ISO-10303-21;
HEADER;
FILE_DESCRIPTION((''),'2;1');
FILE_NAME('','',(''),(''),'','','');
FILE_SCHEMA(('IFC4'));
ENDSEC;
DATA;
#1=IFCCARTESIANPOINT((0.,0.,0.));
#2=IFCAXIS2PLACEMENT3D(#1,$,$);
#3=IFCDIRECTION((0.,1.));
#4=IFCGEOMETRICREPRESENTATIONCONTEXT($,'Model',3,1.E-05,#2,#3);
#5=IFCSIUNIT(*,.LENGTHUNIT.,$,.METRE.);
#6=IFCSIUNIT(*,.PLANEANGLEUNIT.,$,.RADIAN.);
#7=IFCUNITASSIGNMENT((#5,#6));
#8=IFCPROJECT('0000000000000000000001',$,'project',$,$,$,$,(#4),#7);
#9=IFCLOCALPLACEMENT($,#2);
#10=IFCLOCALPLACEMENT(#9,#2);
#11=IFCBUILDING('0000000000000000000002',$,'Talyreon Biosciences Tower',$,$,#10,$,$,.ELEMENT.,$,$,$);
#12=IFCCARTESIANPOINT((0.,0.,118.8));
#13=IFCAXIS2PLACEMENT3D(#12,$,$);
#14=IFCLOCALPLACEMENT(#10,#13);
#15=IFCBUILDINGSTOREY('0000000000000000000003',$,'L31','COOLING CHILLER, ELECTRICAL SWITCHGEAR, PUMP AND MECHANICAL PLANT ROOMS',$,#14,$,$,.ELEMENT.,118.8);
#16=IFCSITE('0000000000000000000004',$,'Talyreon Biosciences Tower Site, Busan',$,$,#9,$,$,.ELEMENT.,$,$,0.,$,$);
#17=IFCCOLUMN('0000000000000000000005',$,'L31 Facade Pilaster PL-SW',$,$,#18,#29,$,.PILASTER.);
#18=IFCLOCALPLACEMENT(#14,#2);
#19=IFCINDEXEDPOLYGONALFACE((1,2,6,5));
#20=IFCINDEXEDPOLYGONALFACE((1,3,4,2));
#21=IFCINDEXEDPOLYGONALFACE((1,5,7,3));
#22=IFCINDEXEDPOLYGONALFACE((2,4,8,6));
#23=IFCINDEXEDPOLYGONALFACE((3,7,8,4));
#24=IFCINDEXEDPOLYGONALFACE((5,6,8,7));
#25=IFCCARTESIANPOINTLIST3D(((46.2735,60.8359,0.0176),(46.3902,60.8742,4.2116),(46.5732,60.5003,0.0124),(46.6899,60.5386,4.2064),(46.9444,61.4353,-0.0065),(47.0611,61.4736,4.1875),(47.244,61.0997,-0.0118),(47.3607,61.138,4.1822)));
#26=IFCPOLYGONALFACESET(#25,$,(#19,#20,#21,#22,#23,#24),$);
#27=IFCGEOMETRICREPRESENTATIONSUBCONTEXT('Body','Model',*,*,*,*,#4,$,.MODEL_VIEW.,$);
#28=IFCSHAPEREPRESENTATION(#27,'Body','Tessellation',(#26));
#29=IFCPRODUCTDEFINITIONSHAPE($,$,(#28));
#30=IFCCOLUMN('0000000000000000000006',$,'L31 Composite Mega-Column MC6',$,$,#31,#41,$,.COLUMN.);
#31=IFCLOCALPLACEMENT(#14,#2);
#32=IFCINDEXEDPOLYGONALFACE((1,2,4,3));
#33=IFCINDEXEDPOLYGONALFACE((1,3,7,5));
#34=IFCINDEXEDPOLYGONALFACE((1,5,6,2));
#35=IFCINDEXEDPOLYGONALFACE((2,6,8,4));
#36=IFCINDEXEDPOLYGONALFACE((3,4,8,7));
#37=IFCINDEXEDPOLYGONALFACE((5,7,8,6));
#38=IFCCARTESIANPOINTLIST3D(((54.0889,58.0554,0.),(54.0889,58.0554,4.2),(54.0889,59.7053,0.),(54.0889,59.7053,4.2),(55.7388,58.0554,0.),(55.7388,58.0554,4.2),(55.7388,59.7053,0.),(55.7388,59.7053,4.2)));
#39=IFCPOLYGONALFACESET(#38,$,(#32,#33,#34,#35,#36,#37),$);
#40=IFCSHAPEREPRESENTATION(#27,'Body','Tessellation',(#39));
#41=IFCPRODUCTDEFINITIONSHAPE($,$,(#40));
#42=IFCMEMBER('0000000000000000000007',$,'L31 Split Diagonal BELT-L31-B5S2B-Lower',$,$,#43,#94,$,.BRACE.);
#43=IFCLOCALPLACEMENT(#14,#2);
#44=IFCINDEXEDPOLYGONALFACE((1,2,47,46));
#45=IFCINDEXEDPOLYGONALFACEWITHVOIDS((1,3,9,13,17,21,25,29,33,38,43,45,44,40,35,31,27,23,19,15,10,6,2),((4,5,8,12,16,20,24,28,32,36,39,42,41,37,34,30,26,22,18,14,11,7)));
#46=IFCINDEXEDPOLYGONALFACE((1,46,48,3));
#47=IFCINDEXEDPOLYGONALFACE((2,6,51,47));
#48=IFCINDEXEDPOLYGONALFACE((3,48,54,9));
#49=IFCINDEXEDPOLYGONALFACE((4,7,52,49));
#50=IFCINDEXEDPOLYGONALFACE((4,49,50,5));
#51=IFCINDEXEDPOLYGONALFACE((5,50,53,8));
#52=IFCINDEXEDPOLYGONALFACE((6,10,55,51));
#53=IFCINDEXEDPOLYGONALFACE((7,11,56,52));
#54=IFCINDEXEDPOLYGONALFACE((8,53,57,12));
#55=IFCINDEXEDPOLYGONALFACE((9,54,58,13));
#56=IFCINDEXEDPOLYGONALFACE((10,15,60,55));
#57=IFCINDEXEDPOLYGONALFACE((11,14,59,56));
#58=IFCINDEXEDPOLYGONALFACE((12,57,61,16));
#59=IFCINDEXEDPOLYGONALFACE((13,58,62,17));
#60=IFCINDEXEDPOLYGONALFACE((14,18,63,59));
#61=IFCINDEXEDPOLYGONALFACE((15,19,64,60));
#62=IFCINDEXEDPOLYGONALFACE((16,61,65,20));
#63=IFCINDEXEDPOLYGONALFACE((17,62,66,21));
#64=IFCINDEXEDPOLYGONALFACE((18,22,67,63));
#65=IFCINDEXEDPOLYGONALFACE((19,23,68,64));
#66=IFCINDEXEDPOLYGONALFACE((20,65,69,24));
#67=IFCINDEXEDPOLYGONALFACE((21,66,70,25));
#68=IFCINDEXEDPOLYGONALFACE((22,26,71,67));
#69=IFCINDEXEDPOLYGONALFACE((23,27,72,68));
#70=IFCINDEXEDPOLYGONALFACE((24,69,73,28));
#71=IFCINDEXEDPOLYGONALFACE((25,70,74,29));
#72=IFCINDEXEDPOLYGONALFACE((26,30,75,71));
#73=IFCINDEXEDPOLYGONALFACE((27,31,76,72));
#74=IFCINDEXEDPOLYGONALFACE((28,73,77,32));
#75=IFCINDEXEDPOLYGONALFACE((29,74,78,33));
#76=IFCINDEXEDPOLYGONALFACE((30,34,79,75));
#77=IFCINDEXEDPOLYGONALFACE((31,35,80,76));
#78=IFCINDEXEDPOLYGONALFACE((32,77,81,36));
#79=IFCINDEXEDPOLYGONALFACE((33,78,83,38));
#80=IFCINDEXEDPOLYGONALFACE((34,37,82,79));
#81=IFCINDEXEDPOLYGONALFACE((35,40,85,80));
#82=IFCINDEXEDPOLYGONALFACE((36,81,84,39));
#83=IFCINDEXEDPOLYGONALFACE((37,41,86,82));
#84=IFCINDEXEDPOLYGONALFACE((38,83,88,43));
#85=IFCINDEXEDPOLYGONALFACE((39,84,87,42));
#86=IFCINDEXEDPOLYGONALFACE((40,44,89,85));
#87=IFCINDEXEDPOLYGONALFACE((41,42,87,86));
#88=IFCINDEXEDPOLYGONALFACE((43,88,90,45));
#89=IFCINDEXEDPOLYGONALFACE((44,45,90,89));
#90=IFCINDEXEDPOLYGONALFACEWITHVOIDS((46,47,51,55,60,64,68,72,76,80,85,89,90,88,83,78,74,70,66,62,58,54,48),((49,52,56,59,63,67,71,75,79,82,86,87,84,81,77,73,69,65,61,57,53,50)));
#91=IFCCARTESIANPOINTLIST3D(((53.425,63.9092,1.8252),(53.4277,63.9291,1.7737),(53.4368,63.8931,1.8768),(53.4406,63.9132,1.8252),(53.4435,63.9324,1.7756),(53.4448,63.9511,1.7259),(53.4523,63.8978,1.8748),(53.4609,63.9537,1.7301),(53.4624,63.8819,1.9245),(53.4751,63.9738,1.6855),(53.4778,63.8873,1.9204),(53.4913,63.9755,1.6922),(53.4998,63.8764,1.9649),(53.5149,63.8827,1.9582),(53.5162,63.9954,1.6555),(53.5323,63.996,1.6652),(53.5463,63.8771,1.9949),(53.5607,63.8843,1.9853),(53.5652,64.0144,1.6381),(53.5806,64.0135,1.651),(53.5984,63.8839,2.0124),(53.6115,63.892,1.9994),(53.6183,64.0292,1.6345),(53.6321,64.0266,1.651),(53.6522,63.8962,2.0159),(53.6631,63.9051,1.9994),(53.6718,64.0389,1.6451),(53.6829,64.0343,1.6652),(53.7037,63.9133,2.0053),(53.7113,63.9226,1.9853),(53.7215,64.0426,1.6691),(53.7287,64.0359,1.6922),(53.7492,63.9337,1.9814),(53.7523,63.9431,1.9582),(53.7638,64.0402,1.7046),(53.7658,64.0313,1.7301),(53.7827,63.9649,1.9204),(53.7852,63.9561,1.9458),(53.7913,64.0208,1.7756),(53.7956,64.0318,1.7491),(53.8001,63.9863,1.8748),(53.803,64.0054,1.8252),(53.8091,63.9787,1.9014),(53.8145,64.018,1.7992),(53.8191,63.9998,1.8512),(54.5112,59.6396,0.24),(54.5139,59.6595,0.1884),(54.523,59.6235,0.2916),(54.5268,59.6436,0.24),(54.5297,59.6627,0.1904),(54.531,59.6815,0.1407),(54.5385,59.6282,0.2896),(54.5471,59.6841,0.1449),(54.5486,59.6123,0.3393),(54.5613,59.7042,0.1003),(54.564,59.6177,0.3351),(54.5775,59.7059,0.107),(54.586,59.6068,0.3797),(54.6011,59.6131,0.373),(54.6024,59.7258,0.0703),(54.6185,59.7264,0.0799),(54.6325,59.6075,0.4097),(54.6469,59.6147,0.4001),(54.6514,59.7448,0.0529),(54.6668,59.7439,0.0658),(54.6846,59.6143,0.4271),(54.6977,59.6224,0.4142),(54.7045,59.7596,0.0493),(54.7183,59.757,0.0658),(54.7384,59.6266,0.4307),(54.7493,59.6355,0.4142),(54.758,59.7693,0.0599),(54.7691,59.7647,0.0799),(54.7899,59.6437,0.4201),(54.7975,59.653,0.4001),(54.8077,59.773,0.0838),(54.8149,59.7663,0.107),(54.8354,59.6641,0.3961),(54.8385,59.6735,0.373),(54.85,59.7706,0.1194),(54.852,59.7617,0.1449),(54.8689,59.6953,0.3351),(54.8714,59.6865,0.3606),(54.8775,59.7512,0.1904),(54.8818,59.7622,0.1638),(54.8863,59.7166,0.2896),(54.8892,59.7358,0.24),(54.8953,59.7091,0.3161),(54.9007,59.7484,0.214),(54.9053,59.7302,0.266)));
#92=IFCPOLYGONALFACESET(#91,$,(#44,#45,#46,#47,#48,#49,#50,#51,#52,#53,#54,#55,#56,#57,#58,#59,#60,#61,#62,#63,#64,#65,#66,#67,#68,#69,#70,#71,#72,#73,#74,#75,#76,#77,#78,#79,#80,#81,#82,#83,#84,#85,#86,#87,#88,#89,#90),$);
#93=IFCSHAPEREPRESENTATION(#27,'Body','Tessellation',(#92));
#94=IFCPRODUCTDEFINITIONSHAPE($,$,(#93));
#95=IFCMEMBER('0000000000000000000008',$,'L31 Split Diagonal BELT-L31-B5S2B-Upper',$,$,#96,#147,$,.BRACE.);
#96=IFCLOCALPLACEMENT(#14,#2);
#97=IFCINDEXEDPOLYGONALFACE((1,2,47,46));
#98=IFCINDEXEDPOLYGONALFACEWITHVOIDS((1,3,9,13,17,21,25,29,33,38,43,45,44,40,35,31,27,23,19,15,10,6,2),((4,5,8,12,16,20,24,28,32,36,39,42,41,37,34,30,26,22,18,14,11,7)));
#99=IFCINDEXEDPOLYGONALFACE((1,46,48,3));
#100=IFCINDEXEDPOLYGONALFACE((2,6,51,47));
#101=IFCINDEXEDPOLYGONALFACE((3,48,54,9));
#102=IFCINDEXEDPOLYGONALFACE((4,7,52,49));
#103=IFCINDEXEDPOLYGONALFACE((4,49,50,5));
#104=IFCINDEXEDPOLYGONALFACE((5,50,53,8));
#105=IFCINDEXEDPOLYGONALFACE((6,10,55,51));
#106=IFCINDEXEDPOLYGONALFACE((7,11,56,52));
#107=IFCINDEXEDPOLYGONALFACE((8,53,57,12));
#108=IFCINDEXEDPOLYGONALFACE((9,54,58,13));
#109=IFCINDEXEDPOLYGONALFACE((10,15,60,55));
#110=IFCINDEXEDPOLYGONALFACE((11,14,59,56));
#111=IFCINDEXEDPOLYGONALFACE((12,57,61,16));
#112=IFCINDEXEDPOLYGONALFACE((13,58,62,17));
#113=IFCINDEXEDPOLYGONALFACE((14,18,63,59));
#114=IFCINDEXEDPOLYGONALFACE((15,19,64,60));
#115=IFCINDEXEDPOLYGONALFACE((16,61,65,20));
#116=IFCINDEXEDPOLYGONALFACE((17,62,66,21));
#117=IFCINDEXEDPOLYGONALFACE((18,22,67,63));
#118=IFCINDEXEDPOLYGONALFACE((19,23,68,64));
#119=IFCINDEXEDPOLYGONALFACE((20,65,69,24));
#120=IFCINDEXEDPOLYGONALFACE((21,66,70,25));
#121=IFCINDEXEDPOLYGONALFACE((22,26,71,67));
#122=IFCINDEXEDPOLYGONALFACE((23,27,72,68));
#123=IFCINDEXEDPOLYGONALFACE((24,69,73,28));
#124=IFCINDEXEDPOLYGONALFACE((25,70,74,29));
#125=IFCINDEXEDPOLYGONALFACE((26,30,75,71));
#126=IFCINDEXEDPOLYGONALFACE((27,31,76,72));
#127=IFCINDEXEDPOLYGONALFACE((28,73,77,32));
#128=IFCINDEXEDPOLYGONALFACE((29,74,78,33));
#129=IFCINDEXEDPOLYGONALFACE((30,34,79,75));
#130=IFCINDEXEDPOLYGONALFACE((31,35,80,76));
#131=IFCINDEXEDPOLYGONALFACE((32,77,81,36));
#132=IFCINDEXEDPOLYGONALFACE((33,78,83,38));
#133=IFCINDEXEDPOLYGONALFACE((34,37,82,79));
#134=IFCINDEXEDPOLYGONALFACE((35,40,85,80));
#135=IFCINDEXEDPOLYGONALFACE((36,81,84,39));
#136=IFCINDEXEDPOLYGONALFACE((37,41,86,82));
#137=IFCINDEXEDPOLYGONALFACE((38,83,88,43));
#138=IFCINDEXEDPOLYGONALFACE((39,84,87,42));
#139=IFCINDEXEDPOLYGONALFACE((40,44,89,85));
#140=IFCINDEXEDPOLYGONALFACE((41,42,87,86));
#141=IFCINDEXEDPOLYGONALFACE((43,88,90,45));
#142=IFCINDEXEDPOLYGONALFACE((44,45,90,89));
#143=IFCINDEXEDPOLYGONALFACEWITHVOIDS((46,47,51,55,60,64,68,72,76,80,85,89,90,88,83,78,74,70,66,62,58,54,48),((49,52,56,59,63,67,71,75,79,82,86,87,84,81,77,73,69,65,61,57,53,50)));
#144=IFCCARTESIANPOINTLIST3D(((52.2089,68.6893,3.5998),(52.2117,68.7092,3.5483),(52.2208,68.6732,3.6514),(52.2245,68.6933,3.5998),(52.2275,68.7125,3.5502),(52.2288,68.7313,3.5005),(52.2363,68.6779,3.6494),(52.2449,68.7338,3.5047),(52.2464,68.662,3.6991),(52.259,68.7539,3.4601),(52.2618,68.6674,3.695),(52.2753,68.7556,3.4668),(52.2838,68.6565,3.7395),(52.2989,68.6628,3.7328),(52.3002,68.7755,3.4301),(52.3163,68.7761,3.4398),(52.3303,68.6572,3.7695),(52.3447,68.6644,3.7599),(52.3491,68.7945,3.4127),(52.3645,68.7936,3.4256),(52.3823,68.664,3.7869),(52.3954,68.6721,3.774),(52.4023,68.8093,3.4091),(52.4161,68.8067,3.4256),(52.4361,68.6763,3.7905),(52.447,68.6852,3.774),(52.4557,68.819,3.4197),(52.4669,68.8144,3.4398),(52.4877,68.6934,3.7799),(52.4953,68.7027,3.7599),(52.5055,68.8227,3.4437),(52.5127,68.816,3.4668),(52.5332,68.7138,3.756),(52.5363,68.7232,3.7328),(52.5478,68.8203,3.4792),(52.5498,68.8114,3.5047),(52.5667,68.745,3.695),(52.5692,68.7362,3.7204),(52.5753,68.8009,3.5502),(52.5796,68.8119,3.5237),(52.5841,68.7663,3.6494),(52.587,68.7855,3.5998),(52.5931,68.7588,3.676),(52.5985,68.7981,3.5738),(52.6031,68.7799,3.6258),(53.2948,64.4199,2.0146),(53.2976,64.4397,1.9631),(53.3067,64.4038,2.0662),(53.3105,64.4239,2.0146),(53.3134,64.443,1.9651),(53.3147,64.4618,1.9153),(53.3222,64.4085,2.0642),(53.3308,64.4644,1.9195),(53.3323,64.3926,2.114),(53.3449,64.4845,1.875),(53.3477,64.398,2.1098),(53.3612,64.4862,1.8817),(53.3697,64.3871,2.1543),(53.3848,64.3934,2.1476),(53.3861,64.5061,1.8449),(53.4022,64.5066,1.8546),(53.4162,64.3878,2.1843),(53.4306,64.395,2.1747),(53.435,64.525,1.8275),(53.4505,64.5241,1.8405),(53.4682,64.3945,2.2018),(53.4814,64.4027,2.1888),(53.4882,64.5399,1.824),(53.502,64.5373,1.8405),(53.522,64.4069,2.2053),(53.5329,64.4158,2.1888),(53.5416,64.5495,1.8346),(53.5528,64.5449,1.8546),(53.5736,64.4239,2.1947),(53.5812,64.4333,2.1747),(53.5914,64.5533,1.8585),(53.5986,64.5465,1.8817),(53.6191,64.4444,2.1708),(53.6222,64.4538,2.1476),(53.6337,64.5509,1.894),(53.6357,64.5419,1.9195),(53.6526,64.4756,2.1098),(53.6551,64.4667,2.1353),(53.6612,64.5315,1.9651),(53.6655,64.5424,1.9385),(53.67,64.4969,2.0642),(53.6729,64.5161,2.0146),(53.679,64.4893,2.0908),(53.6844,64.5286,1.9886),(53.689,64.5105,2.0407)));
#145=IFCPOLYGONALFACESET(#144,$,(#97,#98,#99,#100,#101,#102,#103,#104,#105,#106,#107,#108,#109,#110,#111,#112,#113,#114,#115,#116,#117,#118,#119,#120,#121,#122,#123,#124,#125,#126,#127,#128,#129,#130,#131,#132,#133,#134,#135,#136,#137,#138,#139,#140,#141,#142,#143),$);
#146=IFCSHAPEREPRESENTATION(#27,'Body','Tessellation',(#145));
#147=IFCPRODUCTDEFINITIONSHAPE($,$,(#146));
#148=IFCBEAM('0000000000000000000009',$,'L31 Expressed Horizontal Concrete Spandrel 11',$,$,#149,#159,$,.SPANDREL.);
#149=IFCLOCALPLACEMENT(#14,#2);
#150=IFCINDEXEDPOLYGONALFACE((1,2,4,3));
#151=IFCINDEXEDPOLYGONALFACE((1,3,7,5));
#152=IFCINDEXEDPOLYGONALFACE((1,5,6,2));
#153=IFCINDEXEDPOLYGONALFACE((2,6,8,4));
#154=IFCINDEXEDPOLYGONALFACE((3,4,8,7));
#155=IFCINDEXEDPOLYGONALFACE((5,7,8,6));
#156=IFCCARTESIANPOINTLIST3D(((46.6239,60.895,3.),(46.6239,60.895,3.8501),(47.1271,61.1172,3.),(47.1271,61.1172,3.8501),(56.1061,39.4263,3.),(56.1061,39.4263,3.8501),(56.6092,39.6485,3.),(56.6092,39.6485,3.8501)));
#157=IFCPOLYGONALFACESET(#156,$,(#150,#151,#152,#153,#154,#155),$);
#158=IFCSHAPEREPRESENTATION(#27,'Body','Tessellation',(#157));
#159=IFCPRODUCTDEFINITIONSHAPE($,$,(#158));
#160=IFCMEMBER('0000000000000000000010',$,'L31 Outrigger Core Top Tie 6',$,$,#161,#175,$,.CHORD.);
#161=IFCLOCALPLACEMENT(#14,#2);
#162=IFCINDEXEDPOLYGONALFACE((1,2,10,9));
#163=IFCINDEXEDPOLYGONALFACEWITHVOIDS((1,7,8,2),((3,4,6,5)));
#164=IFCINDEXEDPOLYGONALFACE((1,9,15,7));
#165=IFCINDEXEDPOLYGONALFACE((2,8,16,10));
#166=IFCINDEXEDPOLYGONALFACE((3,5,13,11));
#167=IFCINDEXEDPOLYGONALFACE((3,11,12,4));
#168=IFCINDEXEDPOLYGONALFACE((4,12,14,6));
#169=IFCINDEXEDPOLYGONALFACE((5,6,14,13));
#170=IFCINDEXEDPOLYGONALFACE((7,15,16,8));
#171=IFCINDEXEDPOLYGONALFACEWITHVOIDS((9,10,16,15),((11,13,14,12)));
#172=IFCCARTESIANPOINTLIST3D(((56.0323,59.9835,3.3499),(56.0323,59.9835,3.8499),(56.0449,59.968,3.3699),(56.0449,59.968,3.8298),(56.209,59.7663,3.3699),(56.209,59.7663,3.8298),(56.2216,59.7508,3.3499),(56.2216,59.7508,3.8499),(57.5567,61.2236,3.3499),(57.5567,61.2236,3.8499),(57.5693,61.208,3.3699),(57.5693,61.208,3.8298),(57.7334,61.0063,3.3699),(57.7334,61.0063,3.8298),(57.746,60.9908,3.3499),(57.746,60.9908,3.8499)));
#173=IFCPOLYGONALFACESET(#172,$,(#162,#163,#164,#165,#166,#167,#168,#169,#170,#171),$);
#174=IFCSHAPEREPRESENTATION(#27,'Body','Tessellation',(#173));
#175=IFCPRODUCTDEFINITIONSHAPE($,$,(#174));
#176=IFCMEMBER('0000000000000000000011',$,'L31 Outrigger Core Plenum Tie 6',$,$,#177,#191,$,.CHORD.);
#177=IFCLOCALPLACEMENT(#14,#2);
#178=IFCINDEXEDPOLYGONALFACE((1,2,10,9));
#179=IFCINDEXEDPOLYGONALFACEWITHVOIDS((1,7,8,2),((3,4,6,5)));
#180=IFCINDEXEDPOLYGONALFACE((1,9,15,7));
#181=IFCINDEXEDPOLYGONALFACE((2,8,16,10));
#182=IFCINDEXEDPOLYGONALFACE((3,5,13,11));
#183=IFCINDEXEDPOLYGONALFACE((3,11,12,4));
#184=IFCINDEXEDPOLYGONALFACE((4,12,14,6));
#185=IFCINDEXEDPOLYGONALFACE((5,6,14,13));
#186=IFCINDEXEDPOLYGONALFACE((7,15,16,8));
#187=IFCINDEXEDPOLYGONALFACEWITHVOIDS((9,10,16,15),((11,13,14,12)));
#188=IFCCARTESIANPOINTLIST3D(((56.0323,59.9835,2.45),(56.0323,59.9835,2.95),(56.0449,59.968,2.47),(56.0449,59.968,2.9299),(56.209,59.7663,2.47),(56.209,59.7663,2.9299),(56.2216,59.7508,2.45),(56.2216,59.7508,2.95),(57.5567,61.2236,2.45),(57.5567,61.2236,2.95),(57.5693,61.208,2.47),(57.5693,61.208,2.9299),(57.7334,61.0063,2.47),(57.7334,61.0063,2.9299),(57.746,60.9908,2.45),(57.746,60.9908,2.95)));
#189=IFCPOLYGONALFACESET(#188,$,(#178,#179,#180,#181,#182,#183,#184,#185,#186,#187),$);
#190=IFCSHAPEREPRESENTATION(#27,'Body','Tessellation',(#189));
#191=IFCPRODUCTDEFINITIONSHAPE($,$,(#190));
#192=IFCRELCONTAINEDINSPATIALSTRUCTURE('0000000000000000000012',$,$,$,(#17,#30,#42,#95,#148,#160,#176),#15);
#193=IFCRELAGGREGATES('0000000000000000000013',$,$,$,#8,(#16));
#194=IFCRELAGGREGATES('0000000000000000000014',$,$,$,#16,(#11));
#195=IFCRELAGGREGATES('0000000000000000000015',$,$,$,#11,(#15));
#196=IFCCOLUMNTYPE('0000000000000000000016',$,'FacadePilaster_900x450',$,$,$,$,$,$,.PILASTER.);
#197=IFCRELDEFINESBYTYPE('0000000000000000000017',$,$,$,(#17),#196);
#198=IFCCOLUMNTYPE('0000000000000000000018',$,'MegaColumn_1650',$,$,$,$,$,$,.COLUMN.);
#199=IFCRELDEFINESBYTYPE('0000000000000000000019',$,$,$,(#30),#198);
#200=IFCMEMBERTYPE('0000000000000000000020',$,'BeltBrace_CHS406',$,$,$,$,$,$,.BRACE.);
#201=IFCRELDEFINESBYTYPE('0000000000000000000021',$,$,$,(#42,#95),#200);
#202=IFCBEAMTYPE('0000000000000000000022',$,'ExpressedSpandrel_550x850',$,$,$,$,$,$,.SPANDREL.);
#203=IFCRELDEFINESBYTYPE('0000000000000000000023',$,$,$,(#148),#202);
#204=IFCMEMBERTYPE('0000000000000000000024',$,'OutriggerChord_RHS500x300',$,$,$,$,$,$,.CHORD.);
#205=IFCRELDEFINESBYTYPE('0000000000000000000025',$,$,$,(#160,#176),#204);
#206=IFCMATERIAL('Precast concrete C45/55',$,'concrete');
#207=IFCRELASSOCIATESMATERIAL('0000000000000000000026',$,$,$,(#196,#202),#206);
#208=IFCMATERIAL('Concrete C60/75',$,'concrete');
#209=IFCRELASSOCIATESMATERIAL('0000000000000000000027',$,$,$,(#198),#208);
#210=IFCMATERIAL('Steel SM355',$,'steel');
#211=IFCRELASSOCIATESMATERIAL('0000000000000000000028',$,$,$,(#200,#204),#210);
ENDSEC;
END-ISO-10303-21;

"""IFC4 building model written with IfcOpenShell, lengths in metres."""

from ifc_helpers import new_model, si_unit, direction, frame, origin, origin_2d, place, context, subcontext, project, spatial, rectangle, hollow_rectangle, hollow_circle, extrude, material, material_profile, profile_set, type_object, element, save


model = new_model("IFC4")

# Units and contexts
model_context = context("Model", 3, precision=1e-05, world=origin(), true_north=direction((0.0, 1.0)))
body_context = subcontext(model_context, "Body", "Model", "MODEL_VIEW")
ifc_project = project(units=[si_unit("LENGTHUNIT", "METRE"), si_unit("PLANEANGLEUNIT", "RADIAN")], contexts=[model_context])

# Site, building, storey
site_placement = place(None, origin())
site = spatial("IfcSite", under=ifc_project, at=site_placement, Name="Talyreon Biosciences Tower Site, Busan", CompositionType="ELEMENT", RefElevation=0.0)
building_placement = place(site_placement, origin())
building = spatial("IfcBuilding", under=site, at=building_placement, Name="Talyreon Biosciences Tower", CompositionType="ELEMENT")
storey_placement = place(building_placement, frame((0.0, 0.0, 118.8)))
storey = spatial("IfcBuildingStorey", under=building, at=storey_placement, Name="L31", Description="COOLING CHILLER, ELECTRICAL SWITCHGEAR, PUMP AND MECHANICAL PLANT ROOMS", CompositionType="ELEMENT", Elevation=118.8)

# Columns
ifc_material_1 = material(Name="Precast concrete C45/55", Category="concrete")
ifc_material_profile_1 = material_profile(ifc_material_1, rectangle(XDim=0.8999, YDim=0.45, at=origin_2d()), Name="RC 900x450")
ifc_profile_set_1 = profile_set([ifc_material_profile_1], Name="Precast concrete C45/55")
column_type_1 = type_object("IfcColumnType", Name="FacadePilaster_900x450", PredefinedType="PILASTER", material=ifc_profile_set_1)
column_1_placement = place(storey_placement, frame((46.7588, 60.9678, 0.0029), z_axis=(0.027813, 0.009135, 0.999571), x_axis=(0.74543, 0.666044, -0.026828)))
element("IfcColumn", 1, at=column_1_placement, inside=storey, type_object=column_type_1, Name="L31 Facade Pilaster PL-SW", PredefinedType="PILASTER", context=body_context, shape_type="SweptSolid", body=[
    extrude(rectangle(XDim=0.8999, YDim=0.45, at=origin_2d()), origin(), (0.0, 0.0, 1.0), 4.1958),
])
ifc_material_2 = material(Name="Concrete C60/75", Category="concrete")
ifc_material_profile_2 = material_profile(ifc_material_2, rectangle(XDim=1.6499, YDim=1.6499, at=origin_2d()), Name="RC 1650x1650")
ifc_profile_set_2 = profile_set([ifc_material_profile_2], Name="Concrete C60/75")
column_type_2 = type_object("IfcColumnType", Name="MegaColumn_1650", PredefinedType="COLUMN", material=ifc_profile_set_2)
column_2_placement = place(storey_placement, frame((54.9138, 58.8804, 0.0), z_axis=(0.0, 0.0, 1.0), x_axis=(1.0, 0.0, 0.0)))
element("IfcColumn", 2, at=column_2_placement, inside=storey, type_object=column_type_2, Name="L31 Composite Mega-Column MC6", PredefinedType="COLUMN", context=body_context, shape_type="SweptSolid", body=[
    extrude(rectangle(XDim=1.6499, YDim=1.6499, at=origin_2d()), origin(), (0.0, 0.0, 1.0), 4.2),
])

# Members
ifc_material_3 = material(Name="Steel SM355", Category="steel")
ifc_material_profile_3 = material_profile(ifc_material_3, hollow_circle(Radius=0.2031, WallThickness=0.0161, at=origin_2d()), Name="CHS 406.4x16")
ifc_profile_set_3 = profile_set([ifc_material_profile_3], Name="Steel SM355")
member_type_1 = type_object("IfcMemberType", Name="BeltBrace_CHS406", PredefinedType="BRACE", material=ifc_profile_set_3)
member_1_placement = place(storey_placement, frame((54.708, 59.6897, 0.24), z_axis=(-0.231989, 0.911894, 0.338571), x_axis=(-0.96913, -0.24655, 0.0)))
element("IfcMember", 3, at=member_1_placement, inside=storey, type_object=member_type_1, Name="L31 Split Diagonal BELT-L31-B5S2B-Lower", PredefinedType="BRACE", context=body_context, shape_type="SweptSolid", body=[
    extrude(hollow_circle(Radius=0.2031, WallThickness=0.0161, at=origin_2d()), origin(), (0.0, 0.0, 1.0), 4.6821),
])
member_2_placement = place(storey_placement, frame((53.4917, 64.47, 2.0146), z_axis=(-0.231939, 0.911905, 0.338575), x_axis=(-0.969143, -0.246498, 0.0)))
element("IfcMember", 4, at=member_2_placement, inside=storey, type_object=member_type_1, Name="L31 Split Diagonal BELT-L31-B5S2B-Upper", PredefinedType="BRACE", context=body_context, shape_type="SweptSolid", body=[
    extrude(hollow_circle(Radius=0.2031, WallThickness=0.0161, at=origin_2d()), origin(), (0.0, 0.0, 1.0), 4.6819),
])

# Beam
ifc_material_profile_4 = material_profile(ifc_material_1, rectangle(XDim=0.55, YDim=0.8501, at=origin_2d()), Name="RCB 550x850")
ifc_profile_set_4 = profile_set([ifc_material_profile_4], Name="Precast concrete C45/55")
beam_type_1 = type_object("IfcBeamType", Name="ExpressedSpandrel_550x850", PredefinedType="SPANDREL", material=ifc_profile_set_4)
beam_1_placement = place(storey_placement, frame((46.8755, 61.0061, 3.425), z_axis=(0.404021, -0.91475, 0.0), x_axis=(0.91475, 0.404021, 0.0)))
element("IfcBeam", 5, at=beam_1_placement, inside=storey, type_object=beam_type_1, Name="L31 Expressed Horizontal Concrete Spandrel 11", PredefinedType="SPANDREL", context=body_context, shape_type="SweptSolid", body=[
    extrude(rectangle(XDim=0.55, YDim=0.8501, at=origin_2d()), origin(), (0.0, 0.0, 1.0), 23.4695),
])

# Members
ifc_material_profile_5 = material_profile(ifc_material_3, hollow_rectangle(XDim=0.3, YDim=0.5, WallThickness=0.02, at=origin_2d()), Name="RHS 500x300x20")
ifc_profile_set_5 = profile_set([ifc_material_profile_5], Name="Steel SM355")
member_type_2 = type_object("IfcMemberType", Name="OutriggerChord_RHS500x300", PredefinedType="CHORD", material=ifc_profile_set_5)
for number, where, z_axis, x_axis, name in (
    (6, (57.6514, 61.1072, 3.5999), (-0.775764, -0.631023, 0.0), (0.631023, -0.775764, 0.0), "L31 Outrigger Core Top Tie 6"),
    (7, (57.6514, 61.1072, 2.7), (-0.775764, -0.631023, 0.0), (0.631023, -0.775764, 0.0), "L31 Outrigger Core Plenum Tie 6"),
):
    element("IfcMember", number, at=place(storey_placement, frame(where, z_axis=z_axis, x_axis=x_axis)), inside=storey, type_object=member_type_2, Name=name, PredefinedType="CHORD", context=body_context, shape_type="SweptSolid", body=[
        extrude(hollow_rectangle(XDim=0.3, YDim=0.5, WallThickness=0.02, at=origin_2d()), origin(), (0.0, 0.0, 1.0), 1.9651),
    ])

save(model, "model.ifc")
